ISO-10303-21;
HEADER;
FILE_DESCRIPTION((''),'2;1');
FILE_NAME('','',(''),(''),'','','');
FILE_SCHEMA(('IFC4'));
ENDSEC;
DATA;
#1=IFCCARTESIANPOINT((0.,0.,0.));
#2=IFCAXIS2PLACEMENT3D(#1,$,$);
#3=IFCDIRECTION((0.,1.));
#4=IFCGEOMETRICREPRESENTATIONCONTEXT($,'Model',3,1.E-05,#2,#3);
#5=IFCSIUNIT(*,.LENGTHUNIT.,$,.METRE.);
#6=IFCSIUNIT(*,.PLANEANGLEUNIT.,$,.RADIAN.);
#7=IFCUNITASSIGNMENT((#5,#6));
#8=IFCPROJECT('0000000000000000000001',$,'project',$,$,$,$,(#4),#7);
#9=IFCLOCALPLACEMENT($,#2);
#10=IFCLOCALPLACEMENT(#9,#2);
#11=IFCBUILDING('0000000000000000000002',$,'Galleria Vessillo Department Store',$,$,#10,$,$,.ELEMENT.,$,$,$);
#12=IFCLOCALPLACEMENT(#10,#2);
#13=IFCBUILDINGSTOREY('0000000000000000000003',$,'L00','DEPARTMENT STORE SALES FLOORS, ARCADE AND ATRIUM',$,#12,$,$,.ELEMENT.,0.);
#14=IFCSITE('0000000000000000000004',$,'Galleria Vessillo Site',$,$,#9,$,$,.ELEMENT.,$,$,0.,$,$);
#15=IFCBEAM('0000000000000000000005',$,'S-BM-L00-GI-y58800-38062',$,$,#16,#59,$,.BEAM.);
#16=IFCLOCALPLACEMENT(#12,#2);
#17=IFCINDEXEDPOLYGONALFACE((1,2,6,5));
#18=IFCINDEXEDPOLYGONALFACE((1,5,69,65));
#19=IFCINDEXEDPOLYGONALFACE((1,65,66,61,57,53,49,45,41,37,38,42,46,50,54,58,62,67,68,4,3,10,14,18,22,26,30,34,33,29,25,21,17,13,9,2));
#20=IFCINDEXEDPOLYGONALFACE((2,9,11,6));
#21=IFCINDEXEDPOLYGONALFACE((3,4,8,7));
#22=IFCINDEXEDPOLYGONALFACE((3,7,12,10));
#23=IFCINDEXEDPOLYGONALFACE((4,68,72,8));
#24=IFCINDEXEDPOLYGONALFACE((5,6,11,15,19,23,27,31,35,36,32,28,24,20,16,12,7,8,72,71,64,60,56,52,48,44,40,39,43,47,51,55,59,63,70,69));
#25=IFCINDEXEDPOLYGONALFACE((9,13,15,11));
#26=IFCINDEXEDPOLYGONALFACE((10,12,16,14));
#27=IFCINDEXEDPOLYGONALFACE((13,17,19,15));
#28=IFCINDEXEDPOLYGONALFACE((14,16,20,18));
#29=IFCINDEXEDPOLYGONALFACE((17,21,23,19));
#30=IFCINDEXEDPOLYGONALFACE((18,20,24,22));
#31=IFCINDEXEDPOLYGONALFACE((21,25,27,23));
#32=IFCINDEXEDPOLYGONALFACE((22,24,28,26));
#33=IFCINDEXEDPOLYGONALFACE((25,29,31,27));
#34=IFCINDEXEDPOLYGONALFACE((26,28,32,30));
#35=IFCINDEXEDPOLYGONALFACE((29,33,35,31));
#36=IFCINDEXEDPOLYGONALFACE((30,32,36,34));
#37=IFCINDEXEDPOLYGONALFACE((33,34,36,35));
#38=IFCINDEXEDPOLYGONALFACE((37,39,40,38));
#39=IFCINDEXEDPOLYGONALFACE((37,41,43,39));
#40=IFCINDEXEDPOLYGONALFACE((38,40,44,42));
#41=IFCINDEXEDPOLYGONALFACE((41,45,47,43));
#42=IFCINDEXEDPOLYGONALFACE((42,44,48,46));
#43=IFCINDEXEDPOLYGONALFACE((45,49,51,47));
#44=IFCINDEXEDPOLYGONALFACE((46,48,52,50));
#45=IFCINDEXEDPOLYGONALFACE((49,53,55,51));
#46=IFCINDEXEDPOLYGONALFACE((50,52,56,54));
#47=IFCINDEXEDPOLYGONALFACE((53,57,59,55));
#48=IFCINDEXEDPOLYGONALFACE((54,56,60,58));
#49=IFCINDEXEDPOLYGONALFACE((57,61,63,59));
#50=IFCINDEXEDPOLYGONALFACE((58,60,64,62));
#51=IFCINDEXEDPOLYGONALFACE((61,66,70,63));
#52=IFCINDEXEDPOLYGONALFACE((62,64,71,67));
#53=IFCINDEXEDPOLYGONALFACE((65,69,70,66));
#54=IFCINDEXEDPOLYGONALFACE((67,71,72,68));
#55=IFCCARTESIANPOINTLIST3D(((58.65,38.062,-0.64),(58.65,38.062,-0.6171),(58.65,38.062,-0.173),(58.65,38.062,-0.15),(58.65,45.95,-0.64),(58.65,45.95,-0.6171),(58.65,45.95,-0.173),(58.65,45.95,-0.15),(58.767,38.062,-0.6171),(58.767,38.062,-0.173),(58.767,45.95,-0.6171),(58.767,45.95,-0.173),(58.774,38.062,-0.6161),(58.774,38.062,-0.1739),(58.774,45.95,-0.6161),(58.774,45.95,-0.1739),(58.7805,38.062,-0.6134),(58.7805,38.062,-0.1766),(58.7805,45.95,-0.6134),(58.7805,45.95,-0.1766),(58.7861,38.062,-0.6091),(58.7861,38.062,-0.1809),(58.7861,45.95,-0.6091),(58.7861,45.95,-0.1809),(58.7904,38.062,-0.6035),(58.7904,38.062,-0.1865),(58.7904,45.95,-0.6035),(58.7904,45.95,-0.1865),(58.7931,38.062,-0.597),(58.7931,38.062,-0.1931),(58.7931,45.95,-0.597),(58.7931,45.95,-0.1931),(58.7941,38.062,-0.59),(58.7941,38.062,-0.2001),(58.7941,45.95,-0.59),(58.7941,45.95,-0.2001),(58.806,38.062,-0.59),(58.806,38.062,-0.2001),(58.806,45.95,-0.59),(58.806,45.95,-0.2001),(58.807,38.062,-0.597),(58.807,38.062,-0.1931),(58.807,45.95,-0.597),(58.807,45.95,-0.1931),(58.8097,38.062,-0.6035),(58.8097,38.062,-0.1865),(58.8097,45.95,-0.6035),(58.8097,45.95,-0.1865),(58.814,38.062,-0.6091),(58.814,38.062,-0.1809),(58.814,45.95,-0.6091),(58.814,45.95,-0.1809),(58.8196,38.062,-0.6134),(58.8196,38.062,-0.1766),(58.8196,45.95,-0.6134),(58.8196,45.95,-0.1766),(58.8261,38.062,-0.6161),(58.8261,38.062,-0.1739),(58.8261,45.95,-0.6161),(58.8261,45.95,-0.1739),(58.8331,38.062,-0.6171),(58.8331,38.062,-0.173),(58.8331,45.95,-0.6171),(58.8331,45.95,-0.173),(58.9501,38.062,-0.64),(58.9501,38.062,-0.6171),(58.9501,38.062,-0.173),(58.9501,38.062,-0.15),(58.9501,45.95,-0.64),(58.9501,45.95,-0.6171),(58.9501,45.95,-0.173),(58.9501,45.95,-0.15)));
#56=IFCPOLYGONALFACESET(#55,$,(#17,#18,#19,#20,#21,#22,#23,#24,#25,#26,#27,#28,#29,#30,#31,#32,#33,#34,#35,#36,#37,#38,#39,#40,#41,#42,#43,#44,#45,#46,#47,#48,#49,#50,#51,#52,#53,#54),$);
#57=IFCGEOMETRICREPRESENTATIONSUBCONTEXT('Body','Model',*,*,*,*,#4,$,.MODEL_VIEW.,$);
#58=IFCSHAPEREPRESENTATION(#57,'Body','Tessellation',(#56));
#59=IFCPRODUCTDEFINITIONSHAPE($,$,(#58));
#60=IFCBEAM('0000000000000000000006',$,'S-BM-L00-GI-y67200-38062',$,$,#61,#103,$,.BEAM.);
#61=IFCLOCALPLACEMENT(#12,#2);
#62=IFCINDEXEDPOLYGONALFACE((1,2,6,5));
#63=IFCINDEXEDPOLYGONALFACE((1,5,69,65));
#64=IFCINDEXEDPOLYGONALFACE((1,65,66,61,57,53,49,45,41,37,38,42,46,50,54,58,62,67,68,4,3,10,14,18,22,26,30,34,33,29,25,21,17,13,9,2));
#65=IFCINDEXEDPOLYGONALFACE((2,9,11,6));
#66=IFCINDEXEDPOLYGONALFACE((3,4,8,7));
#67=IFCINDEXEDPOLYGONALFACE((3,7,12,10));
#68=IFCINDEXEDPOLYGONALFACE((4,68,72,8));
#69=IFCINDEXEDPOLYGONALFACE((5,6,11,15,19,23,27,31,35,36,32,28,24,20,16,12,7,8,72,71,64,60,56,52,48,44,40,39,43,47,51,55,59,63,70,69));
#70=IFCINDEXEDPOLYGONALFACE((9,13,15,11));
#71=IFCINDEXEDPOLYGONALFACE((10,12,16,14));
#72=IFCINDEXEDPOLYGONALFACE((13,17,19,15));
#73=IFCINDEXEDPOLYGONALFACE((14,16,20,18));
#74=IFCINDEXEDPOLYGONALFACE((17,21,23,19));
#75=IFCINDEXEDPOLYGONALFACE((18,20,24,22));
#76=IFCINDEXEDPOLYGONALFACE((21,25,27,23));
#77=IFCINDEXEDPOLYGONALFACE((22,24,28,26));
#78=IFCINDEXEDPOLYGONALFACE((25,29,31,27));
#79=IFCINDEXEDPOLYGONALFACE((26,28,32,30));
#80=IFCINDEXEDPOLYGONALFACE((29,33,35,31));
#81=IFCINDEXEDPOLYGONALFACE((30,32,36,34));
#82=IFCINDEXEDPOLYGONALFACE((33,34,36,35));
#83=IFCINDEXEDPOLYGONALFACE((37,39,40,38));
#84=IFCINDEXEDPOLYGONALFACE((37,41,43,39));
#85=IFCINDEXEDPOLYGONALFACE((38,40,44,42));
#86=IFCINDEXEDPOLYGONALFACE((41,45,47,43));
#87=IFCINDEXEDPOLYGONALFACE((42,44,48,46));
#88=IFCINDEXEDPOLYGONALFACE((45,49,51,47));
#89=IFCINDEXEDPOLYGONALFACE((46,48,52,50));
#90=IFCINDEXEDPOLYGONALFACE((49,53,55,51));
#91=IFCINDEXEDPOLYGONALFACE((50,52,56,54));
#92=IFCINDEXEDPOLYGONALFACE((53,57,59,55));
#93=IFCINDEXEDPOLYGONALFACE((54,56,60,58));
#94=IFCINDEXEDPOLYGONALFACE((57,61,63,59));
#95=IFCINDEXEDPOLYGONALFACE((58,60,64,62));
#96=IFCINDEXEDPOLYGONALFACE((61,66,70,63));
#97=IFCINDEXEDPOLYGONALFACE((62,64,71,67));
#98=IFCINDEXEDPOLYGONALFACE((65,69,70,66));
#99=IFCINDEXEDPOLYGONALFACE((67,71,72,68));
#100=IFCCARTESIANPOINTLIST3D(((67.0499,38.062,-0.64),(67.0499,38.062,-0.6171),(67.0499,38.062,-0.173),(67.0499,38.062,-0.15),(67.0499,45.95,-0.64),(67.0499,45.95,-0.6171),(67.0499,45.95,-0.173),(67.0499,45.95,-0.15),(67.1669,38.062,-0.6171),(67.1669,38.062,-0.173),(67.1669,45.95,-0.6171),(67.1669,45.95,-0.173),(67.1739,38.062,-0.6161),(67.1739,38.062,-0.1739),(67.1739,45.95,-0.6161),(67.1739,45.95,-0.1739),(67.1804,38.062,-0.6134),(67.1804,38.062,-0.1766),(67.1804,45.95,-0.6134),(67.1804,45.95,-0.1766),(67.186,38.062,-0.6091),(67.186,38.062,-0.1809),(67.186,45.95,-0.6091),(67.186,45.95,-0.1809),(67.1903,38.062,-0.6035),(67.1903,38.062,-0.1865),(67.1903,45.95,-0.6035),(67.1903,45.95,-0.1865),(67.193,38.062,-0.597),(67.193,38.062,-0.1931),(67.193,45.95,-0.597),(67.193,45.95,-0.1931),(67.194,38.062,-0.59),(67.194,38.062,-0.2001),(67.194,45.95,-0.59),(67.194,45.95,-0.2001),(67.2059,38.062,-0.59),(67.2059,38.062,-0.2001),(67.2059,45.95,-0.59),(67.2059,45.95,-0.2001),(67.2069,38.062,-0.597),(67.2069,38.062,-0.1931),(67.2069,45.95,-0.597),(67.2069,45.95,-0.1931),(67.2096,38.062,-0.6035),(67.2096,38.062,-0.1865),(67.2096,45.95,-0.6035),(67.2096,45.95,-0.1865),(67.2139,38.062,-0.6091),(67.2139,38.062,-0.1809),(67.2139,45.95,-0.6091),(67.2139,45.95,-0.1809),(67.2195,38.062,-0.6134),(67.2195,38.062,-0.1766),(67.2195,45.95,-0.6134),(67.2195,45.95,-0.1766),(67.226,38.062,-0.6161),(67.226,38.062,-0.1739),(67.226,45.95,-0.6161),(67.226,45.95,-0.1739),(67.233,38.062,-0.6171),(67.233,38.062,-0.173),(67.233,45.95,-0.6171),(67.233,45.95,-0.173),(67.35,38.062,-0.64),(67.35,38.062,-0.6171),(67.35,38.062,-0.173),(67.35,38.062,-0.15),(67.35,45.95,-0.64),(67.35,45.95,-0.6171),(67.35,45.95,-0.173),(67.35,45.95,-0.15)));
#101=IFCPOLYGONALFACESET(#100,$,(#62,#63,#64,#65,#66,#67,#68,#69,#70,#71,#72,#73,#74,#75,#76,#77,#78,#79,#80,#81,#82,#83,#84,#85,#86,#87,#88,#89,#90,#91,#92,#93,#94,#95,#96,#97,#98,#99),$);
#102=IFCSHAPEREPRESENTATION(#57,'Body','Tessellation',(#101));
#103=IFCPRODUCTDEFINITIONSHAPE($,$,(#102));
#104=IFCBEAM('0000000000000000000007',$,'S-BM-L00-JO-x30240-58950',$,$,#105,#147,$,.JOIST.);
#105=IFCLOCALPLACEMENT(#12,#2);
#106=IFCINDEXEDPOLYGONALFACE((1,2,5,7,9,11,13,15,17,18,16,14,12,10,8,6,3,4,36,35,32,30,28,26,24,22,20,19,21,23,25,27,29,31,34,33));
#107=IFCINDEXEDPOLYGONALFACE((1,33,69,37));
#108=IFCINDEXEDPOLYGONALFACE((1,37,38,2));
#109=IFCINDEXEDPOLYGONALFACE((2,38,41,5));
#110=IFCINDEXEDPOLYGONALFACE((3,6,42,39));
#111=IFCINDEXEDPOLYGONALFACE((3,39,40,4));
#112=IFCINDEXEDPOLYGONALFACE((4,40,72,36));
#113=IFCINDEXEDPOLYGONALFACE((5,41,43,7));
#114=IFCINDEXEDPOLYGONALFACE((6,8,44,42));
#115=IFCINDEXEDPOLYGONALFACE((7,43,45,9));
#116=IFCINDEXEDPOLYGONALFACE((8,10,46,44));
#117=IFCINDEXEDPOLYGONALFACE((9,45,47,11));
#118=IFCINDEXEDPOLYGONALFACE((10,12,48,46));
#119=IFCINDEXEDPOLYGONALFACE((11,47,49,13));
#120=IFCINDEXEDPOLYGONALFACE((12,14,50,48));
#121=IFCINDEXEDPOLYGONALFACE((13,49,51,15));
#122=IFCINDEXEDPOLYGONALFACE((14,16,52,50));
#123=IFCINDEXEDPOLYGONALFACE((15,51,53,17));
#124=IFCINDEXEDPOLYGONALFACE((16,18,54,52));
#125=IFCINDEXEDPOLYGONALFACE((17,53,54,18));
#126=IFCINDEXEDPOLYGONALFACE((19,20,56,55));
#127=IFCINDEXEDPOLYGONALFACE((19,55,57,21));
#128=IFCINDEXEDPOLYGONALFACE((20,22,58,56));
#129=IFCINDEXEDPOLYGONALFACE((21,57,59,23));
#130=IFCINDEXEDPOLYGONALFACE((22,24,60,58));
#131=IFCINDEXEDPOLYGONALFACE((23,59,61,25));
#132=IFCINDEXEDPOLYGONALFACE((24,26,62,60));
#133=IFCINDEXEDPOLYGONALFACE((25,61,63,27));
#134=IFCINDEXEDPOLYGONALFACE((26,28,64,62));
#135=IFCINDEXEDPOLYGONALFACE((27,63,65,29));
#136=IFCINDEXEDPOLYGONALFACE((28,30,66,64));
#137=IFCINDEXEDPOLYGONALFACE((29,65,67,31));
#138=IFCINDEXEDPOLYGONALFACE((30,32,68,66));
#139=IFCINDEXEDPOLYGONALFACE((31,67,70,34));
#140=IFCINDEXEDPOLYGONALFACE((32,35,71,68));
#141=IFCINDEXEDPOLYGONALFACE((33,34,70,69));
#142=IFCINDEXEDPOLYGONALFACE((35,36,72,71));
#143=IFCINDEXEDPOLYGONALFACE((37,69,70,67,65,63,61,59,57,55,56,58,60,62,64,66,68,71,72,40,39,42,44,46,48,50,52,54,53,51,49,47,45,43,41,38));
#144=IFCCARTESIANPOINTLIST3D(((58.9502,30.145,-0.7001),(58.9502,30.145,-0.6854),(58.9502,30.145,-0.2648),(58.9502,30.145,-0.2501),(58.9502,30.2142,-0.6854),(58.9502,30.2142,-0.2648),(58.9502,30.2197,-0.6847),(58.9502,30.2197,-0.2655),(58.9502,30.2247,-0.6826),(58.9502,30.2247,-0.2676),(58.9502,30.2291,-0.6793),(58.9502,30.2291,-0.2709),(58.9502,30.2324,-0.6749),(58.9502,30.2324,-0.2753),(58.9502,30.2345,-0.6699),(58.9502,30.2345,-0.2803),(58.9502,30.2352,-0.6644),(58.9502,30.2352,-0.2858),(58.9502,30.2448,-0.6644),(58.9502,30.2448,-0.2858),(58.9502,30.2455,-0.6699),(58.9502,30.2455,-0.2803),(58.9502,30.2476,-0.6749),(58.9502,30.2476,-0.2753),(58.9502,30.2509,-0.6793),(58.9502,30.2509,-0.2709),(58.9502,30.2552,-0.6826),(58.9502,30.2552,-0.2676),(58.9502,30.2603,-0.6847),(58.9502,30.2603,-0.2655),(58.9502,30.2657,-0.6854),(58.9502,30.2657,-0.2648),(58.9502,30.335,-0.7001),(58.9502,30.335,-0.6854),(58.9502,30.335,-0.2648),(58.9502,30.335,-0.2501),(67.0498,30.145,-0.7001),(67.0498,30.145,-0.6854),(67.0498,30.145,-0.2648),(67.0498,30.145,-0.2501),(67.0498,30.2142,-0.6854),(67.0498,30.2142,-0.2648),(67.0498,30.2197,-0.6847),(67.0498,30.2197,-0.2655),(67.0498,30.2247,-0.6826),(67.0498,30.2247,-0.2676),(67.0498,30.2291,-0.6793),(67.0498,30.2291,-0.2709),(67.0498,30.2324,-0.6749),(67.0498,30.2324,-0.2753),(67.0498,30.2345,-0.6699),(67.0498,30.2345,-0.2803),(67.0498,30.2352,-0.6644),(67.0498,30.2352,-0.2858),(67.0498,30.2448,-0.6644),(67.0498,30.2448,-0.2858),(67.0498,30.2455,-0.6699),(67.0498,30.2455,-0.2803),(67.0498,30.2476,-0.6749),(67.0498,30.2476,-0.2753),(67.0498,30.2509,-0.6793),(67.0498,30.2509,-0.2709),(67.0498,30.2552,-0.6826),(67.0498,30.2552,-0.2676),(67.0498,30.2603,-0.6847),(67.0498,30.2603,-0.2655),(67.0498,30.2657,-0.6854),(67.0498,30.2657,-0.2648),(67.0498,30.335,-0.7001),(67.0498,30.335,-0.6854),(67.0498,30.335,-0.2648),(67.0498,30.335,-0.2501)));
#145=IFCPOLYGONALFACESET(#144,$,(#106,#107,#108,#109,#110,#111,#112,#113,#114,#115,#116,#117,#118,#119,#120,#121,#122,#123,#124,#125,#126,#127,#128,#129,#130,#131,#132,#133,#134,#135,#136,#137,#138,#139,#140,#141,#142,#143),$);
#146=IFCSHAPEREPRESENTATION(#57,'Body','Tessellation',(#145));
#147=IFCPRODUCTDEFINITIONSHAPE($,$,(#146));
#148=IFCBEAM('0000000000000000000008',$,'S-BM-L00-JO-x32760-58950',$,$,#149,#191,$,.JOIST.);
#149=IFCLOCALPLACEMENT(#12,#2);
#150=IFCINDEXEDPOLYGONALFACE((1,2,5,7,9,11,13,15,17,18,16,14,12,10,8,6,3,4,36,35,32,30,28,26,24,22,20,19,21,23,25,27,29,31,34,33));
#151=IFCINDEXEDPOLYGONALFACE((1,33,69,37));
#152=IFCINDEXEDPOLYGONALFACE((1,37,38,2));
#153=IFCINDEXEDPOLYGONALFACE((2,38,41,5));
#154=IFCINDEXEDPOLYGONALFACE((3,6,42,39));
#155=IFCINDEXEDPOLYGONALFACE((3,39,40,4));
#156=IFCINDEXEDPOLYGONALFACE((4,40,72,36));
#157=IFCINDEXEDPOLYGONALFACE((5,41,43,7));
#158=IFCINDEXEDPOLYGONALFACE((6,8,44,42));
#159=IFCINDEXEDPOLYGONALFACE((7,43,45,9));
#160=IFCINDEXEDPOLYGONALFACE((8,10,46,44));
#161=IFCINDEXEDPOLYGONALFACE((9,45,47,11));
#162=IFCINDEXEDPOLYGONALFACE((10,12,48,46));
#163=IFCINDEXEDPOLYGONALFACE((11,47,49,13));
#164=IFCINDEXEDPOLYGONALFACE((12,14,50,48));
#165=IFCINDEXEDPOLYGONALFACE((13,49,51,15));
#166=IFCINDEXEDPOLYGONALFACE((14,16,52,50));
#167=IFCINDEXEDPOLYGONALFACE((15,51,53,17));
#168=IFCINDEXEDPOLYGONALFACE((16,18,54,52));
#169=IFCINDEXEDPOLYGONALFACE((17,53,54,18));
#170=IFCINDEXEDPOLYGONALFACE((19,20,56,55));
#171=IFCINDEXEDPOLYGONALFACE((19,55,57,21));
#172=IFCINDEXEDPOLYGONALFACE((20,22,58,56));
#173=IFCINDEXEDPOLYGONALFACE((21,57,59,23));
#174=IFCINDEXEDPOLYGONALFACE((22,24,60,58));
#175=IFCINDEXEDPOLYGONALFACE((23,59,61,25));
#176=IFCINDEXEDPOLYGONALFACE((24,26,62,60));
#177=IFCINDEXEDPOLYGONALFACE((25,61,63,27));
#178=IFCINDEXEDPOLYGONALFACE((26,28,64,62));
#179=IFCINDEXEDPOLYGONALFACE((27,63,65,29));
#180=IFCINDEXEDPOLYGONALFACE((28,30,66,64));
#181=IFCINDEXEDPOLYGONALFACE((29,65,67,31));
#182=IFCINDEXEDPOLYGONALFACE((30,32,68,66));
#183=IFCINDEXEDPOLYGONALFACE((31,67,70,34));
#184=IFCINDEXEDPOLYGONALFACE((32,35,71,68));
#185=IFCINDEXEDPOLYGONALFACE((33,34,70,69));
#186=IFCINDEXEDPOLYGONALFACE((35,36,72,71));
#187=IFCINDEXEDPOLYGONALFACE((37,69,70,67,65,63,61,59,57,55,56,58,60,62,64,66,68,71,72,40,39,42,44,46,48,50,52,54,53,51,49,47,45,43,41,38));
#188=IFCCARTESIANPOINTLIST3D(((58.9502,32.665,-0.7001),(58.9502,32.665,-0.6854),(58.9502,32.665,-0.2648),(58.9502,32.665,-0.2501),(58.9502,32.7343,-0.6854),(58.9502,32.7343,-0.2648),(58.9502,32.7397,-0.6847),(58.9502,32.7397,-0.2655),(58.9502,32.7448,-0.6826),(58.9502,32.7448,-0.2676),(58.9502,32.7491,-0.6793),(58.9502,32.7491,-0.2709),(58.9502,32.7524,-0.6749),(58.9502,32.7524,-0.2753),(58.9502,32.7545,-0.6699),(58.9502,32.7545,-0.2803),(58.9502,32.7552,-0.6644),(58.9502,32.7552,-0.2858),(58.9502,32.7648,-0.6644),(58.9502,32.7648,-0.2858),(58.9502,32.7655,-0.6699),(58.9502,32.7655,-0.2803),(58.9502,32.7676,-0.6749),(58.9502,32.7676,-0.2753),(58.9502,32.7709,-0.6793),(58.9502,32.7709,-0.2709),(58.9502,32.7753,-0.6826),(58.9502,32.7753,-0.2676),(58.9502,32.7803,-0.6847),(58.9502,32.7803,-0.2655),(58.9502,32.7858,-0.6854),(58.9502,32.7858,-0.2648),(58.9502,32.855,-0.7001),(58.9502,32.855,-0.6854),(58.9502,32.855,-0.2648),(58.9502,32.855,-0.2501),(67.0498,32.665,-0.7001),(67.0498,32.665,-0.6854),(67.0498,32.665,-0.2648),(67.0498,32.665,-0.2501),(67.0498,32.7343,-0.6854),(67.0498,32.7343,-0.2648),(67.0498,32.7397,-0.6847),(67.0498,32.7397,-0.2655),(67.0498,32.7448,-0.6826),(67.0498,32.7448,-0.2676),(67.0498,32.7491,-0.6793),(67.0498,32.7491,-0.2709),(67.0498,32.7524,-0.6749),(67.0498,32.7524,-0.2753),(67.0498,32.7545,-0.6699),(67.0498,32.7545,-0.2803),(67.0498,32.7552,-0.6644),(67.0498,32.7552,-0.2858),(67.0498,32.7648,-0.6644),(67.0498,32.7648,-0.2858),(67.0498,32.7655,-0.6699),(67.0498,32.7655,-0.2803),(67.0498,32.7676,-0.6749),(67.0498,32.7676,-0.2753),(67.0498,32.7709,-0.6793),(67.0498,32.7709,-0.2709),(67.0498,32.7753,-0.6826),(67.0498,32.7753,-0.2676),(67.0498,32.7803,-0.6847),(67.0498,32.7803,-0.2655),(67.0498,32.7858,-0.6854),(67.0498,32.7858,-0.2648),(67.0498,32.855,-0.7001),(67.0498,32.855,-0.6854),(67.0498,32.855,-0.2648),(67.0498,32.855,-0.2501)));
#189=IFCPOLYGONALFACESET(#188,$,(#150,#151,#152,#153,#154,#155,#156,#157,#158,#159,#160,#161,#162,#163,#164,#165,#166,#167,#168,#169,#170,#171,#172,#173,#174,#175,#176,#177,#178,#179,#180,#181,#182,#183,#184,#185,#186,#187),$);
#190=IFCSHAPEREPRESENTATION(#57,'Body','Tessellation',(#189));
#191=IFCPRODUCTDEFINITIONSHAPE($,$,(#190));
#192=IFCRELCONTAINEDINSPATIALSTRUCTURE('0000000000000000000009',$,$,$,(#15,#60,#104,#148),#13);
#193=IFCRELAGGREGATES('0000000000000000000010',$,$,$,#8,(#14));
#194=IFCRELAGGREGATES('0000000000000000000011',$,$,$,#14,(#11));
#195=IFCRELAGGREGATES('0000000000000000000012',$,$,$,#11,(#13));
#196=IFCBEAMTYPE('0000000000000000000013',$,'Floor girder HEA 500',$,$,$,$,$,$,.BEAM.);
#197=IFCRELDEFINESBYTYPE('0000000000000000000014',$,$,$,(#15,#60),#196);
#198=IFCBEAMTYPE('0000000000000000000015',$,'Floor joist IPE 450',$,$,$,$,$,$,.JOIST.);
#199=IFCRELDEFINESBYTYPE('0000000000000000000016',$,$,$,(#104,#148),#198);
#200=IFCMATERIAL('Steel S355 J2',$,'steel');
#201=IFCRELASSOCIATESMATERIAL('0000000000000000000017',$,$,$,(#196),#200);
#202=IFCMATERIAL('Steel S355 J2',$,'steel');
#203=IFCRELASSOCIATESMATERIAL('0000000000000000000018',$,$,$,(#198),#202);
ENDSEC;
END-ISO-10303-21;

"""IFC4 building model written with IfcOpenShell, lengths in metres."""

from ifc_helpers import new_model, si_unit, direction, frame, origin, origin_2d, place, context, subcontext, project, spatial, i_section, extrude, material, material_profile, profile_set, type_object, element, save


model = new_model("IFC4")

# Units and contexts
model_context = context("Model", 3, precision=1e-05, world=origin(), true_north=direction((0.0, 1.0)))
body_context = subcontext(model_context, "Body", "Model", "MODEL_VIEW")
ifc_project = project(units=[si_unit("LENGTHUNIT", "METRE"), si_unit("PLANEANGLEUNIT", "RADIAN")], contexts=[model_context])

# Site, building, storey
site_placement = place(None, origin())
site = spatial("IfcSite", under=ifc_project, at=site_placement, Name="Galleria Vessillo Site", CompositionType="ELEMENT", RefElevation=0.0)
building_placement = place(site_placement, origin())
building = spatial("IfcBuilding", under=site, at=building_placement, Name="Galleria Vessillo Department Store", CompositionType="ELEMENT")
storey_placement = place(building_placement, origin())
storey = spatial("IfcBuildingStorey", under=building, at=storey_placement, Name="L00", Description="DEPARTMENT STORE SALES FLOORS, ARCADE AND ATRIUM", CompositionType="ELEMENT", Elevation=0.0)

# Beams
ifc_material_1 = material(Name="Steel S355 J2", Category="steel")
ifc_material_profile_1 = material_profile(ifc_material_1, i_section(OverallWidth=0.3, OverallDepth=0.49, WebThickness=0.012, FlangeThickness=0.0229, FilletRadius=0.0271, at=origin_2d()), Name="HEA 500")
ifc_profile_set_1 = profile_set([ifc_material_profile_1], Name="Steel S355 J2")
beam_type_1 = type_object("IfcBeamType", Name="Floor girder HEA 500", PredefinedType="BEAM", material=ifc_profile_set_1)
for number, where, z_axis, x_axis, name in (
    (1, (58.8, 38.062, -0.395), (0.0, 1.0, 0.0), (-1.0, 0.0, 0.0), "S-BM-L00-GI-y58800-38062"),
    (2, (67.2, 38.062, -0.395), (0.0, 1.0, 0.0), (-1.0, 0.0, 0.0), "S-BM-L00-GI-y67200-38062"),
):
    element("IfcBeam", number, at=place(storey_placement, frame(where, z_axis=z_axis, x_axis=x_axis)), inside=storey, type_object=beam_type_1, Name=name, PredefinedType="BEAM", context=body_context, shape_type="SweptSolid", body=[
        extrude(i_section(OverallWidth=0.3, OverallDepth=0.49, WebThickness=0.012, FlangeThickness=0.0229, FilletRadius=0.0271, at=origin_2d()), origin(), (0.0, 0.0, 1.0), 7.8879),
    ])
ifc_material_2 = material(Name="Steel S355 J2", Category="steel")
ifc_material_profile_2 = material_profile(ifc_material_2, i_section(OverallWidth=0.1899, OverallDepth=0.45, WebThickness=0.0095, FlangeThickness=0.0146, FilletRadius=0.021, at=origin_2d()), Name="IPE 450")
ifc_profile_set_2 = profile_set([ifc_material_profile_2], Name="Steel S355 J2")
beam_type_2 = type_object("IfcBeamType", Name="Floor joist IPE 450", PredefinedType="JOIST", material=ifc_profile_set_2)
for number, where, z_axis, x_axis, name in (
    (3, (58.9502, 30.24, -0.4751), (1.0, 0.0, 0.0), (0.0, 1.0, 0.0), "S-BM-L00-JO-x30240-58950"),
    (4, (58.9502, 32.76, -0.4751), (1.0, 0.0, 0.0), (0.0, 1.0, 0.0), "S-BM-L00-JO-x32760-58950"),
):
    element("IfcBeam", number, at=place(storey_placement, frame(where, z_axis=z_axis, x_axis=x_axis)), inside=storey, type_object=beam_type_2, Name=name, PredefinedType="JOIST", context=body_context, shape_type="SweptSolid", body=[
        extrude(i_section(OverallWidth=0.1899, OverallDepth=0.45, WebThickness=0.0095, FlangeThickness=0.0146, FilletRadius=0.021, at=origin_2d()), origin(), (0.0, 0.0, 1.0), 8.0996),
    ])

save(model, "model.ifc")
